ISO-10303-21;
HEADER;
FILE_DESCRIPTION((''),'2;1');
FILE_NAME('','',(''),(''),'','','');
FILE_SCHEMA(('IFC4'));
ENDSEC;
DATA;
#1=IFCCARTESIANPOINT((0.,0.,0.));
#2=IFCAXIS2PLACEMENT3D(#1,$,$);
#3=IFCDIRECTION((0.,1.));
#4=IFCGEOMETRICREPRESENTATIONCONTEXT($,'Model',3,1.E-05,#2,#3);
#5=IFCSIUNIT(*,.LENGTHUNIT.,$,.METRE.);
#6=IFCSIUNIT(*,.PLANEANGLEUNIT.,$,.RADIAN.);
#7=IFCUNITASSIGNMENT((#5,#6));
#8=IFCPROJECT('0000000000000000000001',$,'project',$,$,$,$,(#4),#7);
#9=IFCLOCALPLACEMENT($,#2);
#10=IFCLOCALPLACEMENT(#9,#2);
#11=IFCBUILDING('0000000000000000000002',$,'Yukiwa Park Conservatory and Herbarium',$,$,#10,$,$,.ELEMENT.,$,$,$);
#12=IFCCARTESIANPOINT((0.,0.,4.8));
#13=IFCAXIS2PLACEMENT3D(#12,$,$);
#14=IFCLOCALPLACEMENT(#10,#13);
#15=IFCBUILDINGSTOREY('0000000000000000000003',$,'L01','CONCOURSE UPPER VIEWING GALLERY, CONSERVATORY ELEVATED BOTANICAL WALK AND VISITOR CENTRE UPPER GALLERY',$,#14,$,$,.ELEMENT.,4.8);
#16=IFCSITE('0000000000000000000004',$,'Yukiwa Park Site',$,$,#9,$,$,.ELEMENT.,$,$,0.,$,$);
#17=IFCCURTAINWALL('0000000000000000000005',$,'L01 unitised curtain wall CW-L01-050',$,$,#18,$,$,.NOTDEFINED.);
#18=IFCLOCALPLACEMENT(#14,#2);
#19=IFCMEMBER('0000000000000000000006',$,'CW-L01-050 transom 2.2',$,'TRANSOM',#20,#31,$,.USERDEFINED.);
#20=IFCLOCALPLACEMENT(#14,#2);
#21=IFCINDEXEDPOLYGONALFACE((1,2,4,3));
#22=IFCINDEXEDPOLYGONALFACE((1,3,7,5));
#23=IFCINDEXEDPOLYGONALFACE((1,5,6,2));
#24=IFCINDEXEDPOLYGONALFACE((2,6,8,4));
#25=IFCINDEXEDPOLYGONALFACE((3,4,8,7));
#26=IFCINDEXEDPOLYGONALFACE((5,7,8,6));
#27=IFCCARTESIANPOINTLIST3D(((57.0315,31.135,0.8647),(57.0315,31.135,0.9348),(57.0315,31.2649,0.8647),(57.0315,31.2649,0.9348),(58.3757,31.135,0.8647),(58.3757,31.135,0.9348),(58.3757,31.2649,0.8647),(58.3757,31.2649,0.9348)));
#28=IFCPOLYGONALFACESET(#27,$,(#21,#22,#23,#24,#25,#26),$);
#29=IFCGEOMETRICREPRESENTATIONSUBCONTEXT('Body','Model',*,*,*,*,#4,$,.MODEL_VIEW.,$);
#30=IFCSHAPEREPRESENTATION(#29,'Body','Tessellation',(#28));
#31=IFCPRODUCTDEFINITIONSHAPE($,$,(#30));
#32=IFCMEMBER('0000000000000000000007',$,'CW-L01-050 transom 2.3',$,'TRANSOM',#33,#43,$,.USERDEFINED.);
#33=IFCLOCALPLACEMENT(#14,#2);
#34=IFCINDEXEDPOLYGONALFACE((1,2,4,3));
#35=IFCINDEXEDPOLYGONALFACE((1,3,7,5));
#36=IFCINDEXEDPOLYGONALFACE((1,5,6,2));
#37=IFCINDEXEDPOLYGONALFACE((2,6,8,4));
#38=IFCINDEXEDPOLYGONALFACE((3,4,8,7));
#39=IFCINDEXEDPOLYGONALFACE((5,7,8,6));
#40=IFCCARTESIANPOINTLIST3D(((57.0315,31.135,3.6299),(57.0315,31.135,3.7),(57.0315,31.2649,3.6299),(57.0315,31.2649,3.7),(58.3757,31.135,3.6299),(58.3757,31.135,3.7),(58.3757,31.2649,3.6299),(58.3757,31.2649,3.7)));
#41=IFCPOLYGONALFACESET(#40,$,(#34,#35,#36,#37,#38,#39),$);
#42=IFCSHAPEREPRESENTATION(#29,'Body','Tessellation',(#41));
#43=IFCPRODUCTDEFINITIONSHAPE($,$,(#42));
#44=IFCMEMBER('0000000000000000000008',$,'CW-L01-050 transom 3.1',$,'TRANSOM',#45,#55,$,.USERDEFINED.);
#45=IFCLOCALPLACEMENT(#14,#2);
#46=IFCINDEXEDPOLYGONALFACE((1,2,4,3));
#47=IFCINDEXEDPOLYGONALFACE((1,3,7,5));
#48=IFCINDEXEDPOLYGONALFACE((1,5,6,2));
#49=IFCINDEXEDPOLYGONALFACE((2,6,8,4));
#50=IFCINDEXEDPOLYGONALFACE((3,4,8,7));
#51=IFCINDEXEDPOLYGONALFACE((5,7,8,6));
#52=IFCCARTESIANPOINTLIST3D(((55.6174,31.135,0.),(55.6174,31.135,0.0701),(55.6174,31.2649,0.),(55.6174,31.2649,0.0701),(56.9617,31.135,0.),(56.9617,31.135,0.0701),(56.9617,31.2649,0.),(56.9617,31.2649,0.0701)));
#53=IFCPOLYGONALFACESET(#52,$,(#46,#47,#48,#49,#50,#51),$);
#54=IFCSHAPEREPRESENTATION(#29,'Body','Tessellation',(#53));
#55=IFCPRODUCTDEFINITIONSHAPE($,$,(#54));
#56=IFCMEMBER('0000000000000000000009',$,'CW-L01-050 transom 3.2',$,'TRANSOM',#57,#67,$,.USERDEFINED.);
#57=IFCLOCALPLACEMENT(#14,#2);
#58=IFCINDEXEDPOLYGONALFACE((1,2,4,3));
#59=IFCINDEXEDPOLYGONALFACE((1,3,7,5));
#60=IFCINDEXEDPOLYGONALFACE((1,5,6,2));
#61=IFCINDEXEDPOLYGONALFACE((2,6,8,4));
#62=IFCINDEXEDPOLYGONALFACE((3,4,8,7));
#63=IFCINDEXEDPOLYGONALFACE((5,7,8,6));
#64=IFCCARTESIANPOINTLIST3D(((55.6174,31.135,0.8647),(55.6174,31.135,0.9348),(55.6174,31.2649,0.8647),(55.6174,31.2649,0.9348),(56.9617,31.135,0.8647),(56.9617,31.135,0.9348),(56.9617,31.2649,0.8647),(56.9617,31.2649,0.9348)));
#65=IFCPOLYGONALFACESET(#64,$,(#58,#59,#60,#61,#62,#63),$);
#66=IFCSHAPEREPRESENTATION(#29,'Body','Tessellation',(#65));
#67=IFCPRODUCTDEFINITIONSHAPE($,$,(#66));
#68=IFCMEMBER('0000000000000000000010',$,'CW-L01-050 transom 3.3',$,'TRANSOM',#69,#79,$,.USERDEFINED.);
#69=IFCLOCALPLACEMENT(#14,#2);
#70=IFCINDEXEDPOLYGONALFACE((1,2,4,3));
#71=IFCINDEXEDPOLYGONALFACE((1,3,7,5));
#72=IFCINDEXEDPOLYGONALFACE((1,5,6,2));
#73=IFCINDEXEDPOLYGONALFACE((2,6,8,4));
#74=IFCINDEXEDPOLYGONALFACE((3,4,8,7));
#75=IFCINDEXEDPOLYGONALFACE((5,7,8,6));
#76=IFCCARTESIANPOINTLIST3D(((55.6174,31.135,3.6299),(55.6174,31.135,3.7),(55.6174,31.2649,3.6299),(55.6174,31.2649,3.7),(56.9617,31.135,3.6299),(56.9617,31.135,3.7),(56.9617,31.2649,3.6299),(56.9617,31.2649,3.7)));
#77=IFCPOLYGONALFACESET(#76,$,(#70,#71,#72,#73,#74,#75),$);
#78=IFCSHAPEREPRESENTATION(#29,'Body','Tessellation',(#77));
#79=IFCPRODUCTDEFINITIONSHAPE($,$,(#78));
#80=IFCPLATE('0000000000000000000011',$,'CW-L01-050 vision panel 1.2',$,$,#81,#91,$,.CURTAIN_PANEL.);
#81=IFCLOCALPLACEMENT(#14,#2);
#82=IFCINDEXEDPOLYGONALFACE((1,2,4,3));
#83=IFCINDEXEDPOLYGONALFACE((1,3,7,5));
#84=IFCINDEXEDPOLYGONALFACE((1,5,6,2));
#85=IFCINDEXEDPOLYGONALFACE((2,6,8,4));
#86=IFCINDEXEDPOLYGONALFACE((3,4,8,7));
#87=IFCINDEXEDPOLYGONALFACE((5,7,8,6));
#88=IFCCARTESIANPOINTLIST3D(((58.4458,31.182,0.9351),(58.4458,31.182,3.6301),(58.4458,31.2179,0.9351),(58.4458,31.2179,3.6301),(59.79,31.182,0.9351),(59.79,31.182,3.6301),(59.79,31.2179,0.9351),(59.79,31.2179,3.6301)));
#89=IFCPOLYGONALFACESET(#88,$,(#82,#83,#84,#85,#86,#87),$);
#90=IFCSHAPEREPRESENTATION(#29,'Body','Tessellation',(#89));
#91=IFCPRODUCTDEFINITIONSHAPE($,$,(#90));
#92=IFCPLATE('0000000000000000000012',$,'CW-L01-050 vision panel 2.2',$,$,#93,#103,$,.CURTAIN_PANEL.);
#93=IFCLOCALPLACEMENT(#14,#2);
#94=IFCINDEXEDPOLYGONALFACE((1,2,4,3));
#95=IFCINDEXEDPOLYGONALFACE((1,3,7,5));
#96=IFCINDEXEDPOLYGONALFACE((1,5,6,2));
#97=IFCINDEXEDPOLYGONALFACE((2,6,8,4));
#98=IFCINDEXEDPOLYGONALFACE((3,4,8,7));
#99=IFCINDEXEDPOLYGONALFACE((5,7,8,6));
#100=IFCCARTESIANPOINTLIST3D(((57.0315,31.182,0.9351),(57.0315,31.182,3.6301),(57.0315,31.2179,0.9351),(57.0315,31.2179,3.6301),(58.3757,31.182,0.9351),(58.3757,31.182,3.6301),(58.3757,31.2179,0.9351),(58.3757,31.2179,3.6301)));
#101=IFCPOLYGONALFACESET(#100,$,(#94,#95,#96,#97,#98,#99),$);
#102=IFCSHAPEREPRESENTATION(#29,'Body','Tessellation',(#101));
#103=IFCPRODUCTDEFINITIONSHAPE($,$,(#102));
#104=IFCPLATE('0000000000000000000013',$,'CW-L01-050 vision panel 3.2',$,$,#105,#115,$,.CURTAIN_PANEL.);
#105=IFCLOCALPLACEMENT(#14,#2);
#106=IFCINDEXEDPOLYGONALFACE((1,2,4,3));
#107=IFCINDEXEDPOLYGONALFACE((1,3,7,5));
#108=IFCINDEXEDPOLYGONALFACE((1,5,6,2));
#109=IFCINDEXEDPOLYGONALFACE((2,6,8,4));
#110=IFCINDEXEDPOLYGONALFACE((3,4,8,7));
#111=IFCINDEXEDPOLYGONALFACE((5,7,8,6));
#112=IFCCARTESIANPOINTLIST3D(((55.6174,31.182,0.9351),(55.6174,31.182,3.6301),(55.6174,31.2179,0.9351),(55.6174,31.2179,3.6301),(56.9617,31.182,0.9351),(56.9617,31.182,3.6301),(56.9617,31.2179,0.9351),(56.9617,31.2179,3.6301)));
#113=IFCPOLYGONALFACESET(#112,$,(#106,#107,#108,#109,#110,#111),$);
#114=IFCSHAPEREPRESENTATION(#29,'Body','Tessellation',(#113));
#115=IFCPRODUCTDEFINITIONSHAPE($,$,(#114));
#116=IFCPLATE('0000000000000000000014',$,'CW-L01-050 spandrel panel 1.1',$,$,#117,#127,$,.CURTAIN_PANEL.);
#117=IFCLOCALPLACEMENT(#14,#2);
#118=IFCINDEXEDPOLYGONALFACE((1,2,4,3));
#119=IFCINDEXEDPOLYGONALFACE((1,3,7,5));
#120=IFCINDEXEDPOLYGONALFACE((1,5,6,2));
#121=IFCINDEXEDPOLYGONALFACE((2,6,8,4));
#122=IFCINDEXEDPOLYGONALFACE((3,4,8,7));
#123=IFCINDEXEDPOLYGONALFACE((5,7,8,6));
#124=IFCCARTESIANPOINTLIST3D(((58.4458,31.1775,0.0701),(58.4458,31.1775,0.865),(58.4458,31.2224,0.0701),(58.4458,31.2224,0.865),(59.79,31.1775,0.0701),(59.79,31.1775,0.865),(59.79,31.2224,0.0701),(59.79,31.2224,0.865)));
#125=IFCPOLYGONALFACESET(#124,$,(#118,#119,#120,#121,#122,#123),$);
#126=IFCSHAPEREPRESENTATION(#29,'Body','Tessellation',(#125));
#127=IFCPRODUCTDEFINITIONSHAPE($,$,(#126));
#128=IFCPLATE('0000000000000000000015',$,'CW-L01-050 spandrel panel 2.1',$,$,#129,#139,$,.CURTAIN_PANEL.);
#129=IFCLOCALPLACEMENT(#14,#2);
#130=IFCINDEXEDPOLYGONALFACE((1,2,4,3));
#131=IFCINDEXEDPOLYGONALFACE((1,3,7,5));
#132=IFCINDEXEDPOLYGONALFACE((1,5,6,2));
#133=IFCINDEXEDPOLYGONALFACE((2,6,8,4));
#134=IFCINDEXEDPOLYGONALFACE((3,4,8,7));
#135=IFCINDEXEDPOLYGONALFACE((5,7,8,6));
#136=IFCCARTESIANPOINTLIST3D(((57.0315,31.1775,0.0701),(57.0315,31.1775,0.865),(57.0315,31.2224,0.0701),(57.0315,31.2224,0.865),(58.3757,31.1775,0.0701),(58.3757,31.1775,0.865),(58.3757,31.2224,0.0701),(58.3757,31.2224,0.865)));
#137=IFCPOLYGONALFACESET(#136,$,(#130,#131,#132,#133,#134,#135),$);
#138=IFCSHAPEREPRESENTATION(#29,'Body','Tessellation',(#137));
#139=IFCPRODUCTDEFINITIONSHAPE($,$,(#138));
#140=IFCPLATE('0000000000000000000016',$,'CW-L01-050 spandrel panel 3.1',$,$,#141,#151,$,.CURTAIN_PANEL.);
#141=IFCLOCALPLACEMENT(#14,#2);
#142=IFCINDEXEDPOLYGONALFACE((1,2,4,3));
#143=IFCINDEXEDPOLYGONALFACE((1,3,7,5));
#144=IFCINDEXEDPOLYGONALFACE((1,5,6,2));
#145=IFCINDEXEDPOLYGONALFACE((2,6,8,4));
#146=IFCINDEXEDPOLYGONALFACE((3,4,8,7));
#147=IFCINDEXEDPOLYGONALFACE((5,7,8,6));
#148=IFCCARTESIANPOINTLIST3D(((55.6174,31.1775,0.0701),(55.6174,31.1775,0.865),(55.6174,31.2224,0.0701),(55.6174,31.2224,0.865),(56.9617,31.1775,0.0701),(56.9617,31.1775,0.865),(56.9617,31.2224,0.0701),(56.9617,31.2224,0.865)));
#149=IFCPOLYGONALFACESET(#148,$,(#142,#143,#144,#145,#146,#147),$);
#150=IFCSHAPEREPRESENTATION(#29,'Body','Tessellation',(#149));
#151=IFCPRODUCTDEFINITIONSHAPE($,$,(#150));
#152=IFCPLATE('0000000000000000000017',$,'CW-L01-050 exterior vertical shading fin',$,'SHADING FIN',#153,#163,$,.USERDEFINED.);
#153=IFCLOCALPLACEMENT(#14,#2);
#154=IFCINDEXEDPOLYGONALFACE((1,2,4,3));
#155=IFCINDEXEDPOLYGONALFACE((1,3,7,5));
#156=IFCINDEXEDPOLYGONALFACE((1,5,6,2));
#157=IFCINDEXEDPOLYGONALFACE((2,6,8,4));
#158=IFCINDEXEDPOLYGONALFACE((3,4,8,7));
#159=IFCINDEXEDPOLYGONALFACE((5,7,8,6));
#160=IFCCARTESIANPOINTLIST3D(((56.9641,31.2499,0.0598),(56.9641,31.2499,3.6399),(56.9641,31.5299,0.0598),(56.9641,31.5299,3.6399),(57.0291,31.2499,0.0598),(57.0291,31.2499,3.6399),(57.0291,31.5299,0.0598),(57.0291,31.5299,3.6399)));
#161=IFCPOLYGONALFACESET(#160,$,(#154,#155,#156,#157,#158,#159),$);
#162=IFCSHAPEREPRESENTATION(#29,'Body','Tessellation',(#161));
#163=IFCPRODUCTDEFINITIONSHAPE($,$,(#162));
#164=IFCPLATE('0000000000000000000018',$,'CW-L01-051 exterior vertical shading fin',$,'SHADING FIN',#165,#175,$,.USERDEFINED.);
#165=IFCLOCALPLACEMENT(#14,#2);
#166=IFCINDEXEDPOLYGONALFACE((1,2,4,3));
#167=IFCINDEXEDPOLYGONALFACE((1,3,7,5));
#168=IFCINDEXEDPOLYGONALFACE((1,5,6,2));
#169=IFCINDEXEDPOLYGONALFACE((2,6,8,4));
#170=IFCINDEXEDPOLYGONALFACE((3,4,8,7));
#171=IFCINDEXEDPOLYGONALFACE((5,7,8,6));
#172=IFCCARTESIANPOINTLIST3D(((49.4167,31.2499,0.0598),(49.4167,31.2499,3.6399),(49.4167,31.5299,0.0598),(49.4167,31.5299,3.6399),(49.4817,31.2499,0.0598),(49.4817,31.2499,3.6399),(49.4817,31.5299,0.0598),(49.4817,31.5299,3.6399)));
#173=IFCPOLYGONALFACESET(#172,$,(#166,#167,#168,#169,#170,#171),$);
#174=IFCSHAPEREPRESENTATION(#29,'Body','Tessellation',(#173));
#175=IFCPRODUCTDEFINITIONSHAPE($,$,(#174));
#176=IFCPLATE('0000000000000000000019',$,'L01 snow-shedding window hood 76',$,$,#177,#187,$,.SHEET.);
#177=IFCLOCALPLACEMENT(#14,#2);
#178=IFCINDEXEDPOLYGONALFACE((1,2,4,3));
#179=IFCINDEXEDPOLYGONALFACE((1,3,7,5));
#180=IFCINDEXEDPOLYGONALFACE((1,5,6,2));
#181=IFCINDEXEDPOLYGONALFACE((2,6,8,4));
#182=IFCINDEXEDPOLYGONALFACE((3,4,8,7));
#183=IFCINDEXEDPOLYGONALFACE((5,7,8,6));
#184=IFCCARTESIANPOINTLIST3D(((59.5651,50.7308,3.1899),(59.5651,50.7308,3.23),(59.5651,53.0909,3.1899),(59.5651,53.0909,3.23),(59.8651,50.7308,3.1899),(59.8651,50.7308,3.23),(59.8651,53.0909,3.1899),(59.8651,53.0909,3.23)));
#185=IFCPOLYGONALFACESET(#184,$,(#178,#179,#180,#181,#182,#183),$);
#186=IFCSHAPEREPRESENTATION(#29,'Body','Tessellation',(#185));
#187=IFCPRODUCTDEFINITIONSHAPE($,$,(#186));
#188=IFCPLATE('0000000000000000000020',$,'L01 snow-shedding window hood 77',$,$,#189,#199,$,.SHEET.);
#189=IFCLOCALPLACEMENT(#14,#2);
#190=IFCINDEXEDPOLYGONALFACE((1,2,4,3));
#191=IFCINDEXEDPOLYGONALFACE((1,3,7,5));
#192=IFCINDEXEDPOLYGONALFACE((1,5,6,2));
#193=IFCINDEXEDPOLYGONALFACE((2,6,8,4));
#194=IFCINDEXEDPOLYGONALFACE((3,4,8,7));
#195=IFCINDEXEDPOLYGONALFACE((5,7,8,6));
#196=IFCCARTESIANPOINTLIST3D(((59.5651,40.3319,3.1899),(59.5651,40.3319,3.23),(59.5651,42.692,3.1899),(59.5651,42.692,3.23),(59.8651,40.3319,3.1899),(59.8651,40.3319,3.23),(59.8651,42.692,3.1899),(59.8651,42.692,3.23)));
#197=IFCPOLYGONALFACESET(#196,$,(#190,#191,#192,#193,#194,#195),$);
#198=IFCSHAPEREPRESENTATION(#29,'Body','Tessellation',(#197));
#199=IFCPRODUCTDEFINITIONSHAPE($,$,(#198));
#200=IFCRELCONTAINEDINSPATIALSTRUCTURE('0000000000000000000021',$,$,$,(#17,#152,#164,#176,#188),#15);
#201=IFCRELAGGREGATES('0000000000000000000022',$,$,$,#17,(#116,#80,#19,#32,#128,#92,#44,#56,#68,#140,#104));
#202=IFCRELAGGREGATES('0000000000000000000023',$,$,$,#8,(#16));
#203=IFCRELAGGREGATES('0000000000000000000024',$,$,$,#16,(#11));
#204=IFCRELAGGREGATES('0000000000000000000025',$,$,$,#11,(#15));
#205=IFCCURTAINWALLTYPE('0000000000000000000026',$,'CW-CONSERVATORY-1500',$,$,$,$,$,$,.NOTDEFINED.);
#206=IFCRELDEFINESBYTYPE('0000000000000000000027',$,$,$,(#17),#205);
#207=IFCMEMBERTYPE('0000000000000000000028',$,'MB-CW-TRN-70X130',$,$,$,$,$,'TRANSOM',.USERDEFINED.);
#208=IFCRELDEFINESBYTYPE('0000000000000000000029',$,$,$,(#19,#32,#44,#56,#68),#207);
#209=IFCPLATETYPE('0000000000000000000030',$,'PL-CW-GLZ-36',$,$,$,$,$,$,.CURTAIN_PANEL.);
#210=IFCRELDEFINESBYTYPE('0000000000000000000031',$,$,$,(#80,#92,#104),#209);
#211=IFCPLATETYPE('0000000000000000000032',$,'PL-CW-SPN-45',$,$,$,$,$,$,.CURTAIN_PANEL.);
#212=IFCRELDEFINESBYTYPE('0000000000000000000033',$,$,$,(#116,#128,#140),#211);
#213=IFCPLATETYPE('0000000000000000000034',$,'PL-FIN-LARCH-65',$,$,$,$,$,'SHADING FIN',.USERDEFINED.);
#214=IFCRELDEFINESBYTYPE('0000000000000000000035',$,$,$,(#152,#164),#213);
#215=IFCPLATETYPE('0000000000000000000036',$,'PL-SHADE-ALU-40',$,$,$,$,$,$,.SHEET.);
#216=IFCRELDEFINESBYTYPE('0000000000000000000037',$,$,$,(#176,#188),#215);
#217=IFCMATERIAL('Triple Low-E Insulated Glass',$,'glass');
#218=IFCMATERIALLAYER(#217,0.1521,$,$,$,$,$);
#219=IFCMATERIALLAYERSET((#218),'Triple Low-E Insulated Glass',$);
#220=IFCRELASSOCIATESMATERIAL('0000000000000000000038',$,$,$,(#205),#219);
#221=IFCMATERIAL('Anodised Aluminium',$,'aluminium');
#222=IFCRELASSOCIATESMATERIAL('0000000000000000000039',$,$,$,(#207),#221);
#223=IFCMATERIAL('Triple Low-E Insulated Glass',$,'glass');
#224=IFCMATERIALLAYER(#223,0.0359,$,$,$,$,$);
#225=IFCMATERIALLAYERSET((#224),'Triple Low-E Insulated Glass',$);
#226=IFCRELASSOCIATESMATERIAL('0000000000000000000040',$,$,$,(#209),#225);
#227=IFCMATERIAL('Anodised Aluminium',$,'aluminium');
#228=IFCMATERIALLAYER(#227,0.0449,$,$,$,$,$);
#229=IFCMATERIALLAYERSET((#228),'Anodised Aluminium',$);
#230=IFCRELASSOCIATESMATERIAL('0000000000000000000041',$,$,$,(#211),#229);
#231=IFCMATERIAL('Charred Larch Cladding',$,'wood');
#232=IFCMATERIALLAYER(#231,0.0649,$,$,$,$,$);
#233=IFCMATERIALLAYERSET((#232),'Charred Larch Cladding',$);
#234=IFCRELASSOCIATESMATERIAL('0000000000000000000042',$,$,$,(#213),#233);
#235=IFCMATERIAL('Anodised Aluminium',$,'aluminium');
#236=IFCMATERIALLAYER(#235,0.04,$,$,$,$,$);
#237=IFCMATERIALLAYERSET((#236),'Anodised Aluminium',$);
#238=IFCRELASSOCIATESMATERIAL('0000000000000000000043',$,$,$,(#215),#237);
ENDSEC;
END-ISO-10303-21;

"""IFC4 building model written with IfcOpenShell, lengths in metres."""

from ifc_helpers import new_model, si_unit, direction, frame, origin, origin_2d, place, context, subcontext, project, spatial, rectangle, extrude, material, layer, layer_set, type_object, element, aggregate, save


model = new_model("IFC4")

# Units and contexts
model_context = context("Model", 3, precision=1e-05, world=origin(), true_north=direction((0.0, 1.0)))
body_context = subcontext(model_context, "Body", "Model", "MODEL_VIEW")
ifc_project = project(units=[si_unit("LENGTHUNIT", "METRE"), si_unit("PLANEANGLEUNIT", "RADIAN")], contexts=[model_context])

# Site, building, storey
site_placement = place(None, origin())
site = spatial("IfcSite", under=ifc_project, at=site_placement, Name="Yukiwa Park Site", CompositionType="ELEMENT", RefElevation=0.0)
building_placement = place(site_placement, origin())
building = spatial("IfcBuilding", under=site, at=building_placement, Name="Yukiwa Park Conservatory and Herbarium", CompositionType="ELEMENT")
storey_placement = place(building_placement, frame((0.0, 0.0, 4.8)))
storey = spatial("IfcBuildingStorey", under=building, at=storey_placement, Name="L01", Description="CONCOURSE UPPER VIEWING GALLERY, CONSERVATORY ELEVATED BOTANICAL WALK AND VISITOR CENTRE UPPER GALLERY", CompositionType="ELEMENT", Elevation=4.8)

# Curtain wall, members, plates
ifc_material_1 = material(Name="Triple Low-E Insulated Glass", Category="glass")
ifc_layer_1 = layer(ifc_material_1, 0.1521)
ifc_layer_set_1 = layer_set([ifc_layer_1], Name="Triple Low-E Insulated Glass")
curtain_wall_type = type_object("IfcCurtainWallType", Name="CW-CONSERVATORY-1500", PredefinedType="NOTDEFINED", material=ifc_layer_set_1)
curtain_wall_placement = place(storey_placement, origin())
curtain_wall = element("IfcCurtainWall", 1, at=curtain_wall_placement, inside=storey, type_object=curtain_wall_type, Name="L01 unitised curtain wall CW-L01-050", PredefinedType="NOTDEFINED")
ifc_material_2 = material(Name="Anodised Aluminium", Category="aluminium")
member_type_1 = type_object("IfcMemberType", Name="MB-CW-TRN-70X130", ElementType="TRANSOM", PredefinedType="USERDEFINED", material=ifc_material_2)
member_1_placement = place(storey_placement, frame((57.7036, 31.2, 0.8647), z_axis=(0.0, 0.0, 1.0), x_axis=(-1.0, 0.0, 0.0)))
member_1 = element("IfcMember", 2, at=member_1_placement, type_object=member_type_1, Name="CW-L01-050 transom 2.2", ObjectType="TRANSOM", PredefinedType="USERDEFINED", context=body_context, shape_type="SweptSolid", body=[
    extrude(rectangle(XDim=1.3442, YDim=0.1299, at=origin_2d()), origin(), (0.0, 0.0, 1.0), 0.0701),
])
member_2_placement = place(storey_placement, frame((57.7036, 31.2, 3.6299), z_axis=(0.0, 0.0, 1.0), x_axis=(-1.0, 0.0, 0.0)))
member_2 = element("IfcMember", 3, at=member_2_placement, type_object=member_type_1, Name="CW-L01-050 transom 2.3", ObjectType="TRANSOM", PredefinedType="USERDEFINED", context=body_context, shape_type="SweptSolid", body=[
    extrude(rectangle(XDim=1.3442, YDim=0.1299, at=origin_2d()), origin(), (0.0, 0.0, 1.0), 0.0701),
])
member_3_placement = place(storey_placement, frame((56.2896, 31.2, 0.0), z_axis=(0.0, 0.0, 1.0), x_axis=(-1.0, 0.0, 0.0)))
member_3 = element("IfcMember", 4, at=member_3_placement, type_object=member_type_1, Name="CW-L01-050 transom 3.1", ObjectType="TRANSOM", PredefinedType="USERDEFINED", context=body_context, shape_type="SweptSolid", body=[
    extrude(rectangle(XDim=1.3442, YDim=0.1299, at=origin_2d()), origin(), (0.0, 0.0, 1.0), 0.0701),
])
member_4_placement = place(storey_placement, frame((56.2896, 31.2, 0.8647), z_axis=(0.0, 0.0, 1.0), x_axis=(-1.0, 0.0, 0.0)))
member_4 = element("IfcMember", 5, at=member_4_placement, type_object=member_type_1, Name="CW-L01-050 transom 3.2", ObjectType="TRANSOM", PredefinedType="USERDEFINED", context=body_context, shape_type="SweptSolid", body=[
    extrude(rectangle(XDim=1.3442, YDim=0.1299, at=origin_2d()), origin(), (0.0, 0.0, 1.0), 0.0701),
])
member_5_placement = place(storey_placement, frame((56.2896, 31.2, 3.6299), z_axis=(0.0, 0.0, 1.0), x_axis=(-1.0, 0.0, 0.0)))
member_5 = element("IfcMember", 6, at=member_5_placement, type_object=member_type_1, Name="CW-L01-050 transom 3.3", ObjectType="TRANSOM", PredefinedType="USERDEFINED", context=body_context, shape_type="SweptSolid", body=[
    extrude(rectangle(XDim=1.3442, YDim=0.1299, at=origin_2d()), origin(), (0.0, 0.0, 1.0), 0.0701),
])
ifc_material_3 = material(Name="Triple Low-E Insulated Glass", Category="glass")
ifc_layer_2 = layer(ifc_material_3, 0.0359)
ifc_layer_set_2 = layer_set([ifc_layer_2], Name="Triple Low-E Insulated Glass")
plate_type_1 = type_object("IfcPlateType", Name="PL-CW-GLZ-36", PredefinedType="CURTAIN_PANEL", material=ifc_layer_set_2)
plate_1_placement = place(storey_placement, frame((59.1179, 31.2, 0.9351), z_axis=(0.0, 0.0, 1.0), x_axis=(-1.0, 0.0, 0.0)))
plate_1 = element("IfcPlate", 7, at=plate_1_placement, type_object=plate_type_1, Name="CW-L01-050 vision panel 1.2", PredefinedType="CURTAIN_PANEL", context=body_context, shape_type="SweptSolid", body=[
    extrude(rectangle(XDim=1.3442, YDim=0.0359, at=origin_2d()), origin(), (0.0, 0.0, 1.0), 2.6951),
])
plate_2_placement = place(storey_placement, frame((57.7036, 31.2, 0.9351), z_axis=(0.0, 0.0, 1.0), x_axis=(-1.0, 0.0, 0.0)))
plate_2 = element("IfcPlate", 8, at=plate_2_placement, type_object=plate_type_1, Name="CW-L01-050 vision panel 2.2", PredefinedType="CURTAIN_PANEL", context=body_context, shape_type="SweptSolid", body=[
    extrude(rectangle(XDim=1.3442, YDim=0.0359, at=origin_2d()), origin(), (0.0, 0.0, 1.0), 2.6951),
])
plate_3_placement = place(storey_placement, frame((56.2896, 31.2, 0.9351), z_axis=(0.0, 0.0, 1.0), x_axis=(-1.0, 0.0, 0.0)))
plate_3 = element("IfcPlate", 9, at=plate_3_placement, type_object=plate_type_1, Name="CW-L01-050 vision panel 3.2", PredefinedType="CURTAIN_PANEL", context=body_context, shape_type="SweptSolid", body=[
    extrude(rectangle(XDim=1.3442, YDim=0.0359, at=origin_2d()), origin(), (0.0, 0.0, 1.0), 2.6951),
])
ifc_material_4 = material(Name="Anodised Aluminium", Category="aluminium")
ifc_layer_3 = layer(ifc_material_4, 0.0449)
ifc_layer_set_3 = layer_set([ifc_layer_3], Name="Anodised Aluminium")
plate_type_2 = type_object("IfcPlateType", Name="PL-CW-SPN-45", PredefinedType="CURTAIN_PANEL", material=ifc_layer_set_3)
plate_4_placement = place(storey_placement, frame((59.1179, 31.2, 0.0701), z_axis=(0.0, 0.0, 1.0), x_axis=(-1.0, 0.0, 0.0)))
plate_4 = element("IfcPlate", 10, at=plate_4_placement, type_object=plate_type_2, Name="CW-L01-050 spandrel panel 1.1", PredefinedType="CURTAIN_PANEL", context=body_context, shape_type="SweptSolid", body=[
    extrude(rectangle(XDim=1.3442, YDim=0.0449, at=origin_2d()), origin(), (0.0, 0.0, 1.0), 0.7949),
])
plate_5_placement = place(storey_placement, frame((57.7036, 31.2, 0.0701), z_axis=(0.0, 0.0, 1.0), x_axis=(-1.0, 0.0, 0.0)))
plate_5 = element("IfcPlate", 11, at=plate_5_placement, type_object=plate_type_2, Name="CW-L01-050 spandrel panel 2.1", PredefinedType="CURTAIN_PANEL", context=body_context, shape_type="SweptSolid", body=[
    extrude(rectangle(XDim=1.3442, YDim=0.0449, at=origin_2d()), origin(), (0.0, 0.0, 1.0), 0.7949),
])
plate_6_placement = place(storey_placement, frame((56.2896, 31.2, 0.0701), z_axis=(0.0, 0.0, 1.0), x_axis=(-1.0, 0.0, 0.0)))
plate_6 = element("IfcPlate", 12, at=plate_6_placement, type_object=plate_type_2, Name="CW-L01-050 spandrel panel 3.1", PredefinedType="CURTAIN_PANEL", context=body_context, shape_type="SweptSolid", body=[
    extrude(rectangle(XDim=1.3442, YDim=0.0449, at=origin_2d()), origin(), (0.0, 0.0, 1.0), 0.7949),
])
aggregate(curtain_wall, [plate_4, plate_1, member_1, member_2, plate_5, plate_2, member_3, member_4, member_5, plate_6, plate_3])

# Plates
ifc_material_5 = material(Name="Charred Larch Cladding", Category="wood")
ifc_layer_4 = layer(ifc_material_5, 0.0649)
ifc_layer_set_4 = layer_set([ifc_layer_4], Name="Charred Larch Cladding")
plate_type_3 = type_object("IfcPlateType", Name="PL-FIN-LARCH-65", ElementType="SHADING FIN", PredefinedType="USERDEFINED", material=ifc_layer_set_4)
for number, where, z_axis, x_axis, name in (
    (13, (56.9966, 31.3899, 0.0598), (0.0, 0.0, 1.0), (-1.0, 0.0, 0.0), "CW-L01-050 exterior vertical shading fin"),
    (14, (49.4492, 31.3899, 0.0598), (0.0, 0.0, 1.0), (-1.0, 0.0, 0.0), "CW-L01-051 exterior vertical shading fin"),
):
    element("IfcPlate", number, at=place(storey_placement, frame(where, z_axis=z_axis, x_axis=x_axis)), inside=storey, type_object=plate_type_3, Name=name, ObjectType="SHADING FIN", PredefinedType="USERDEFINED", context=body_context, shape_type="SweptSolid", body=[
        extrude(rectangle(XDim=0.0649, YDim=0.28, at=origin_2d()), origin(), (0.0, 0.0, 1.0), 3.5801),
    ])
ifc_material_6 = material(Name="Anodised Aluminium", Category="aluminium")
ifc_layer_5 = layer(ifc_material_6, 0.04)
ifc_layer_set_5 = layer_set([ifc_layer_5], Name="Anodised Aluminium")
plate_type_4 = type_object("IfcPlateType", Name="PL-SHADE-ALU-40", PredefinedType="SHEET", material=ifc_layer_set_5)
for number, where, z_axis, x_axis, name in (
    (15, (59.7151, 51.9109, 3.1899), (0.0, 0.0, 1.0), (0.0, -1.0, 0.0), "L01 snow-shedding window hood 76"),
    (16, (59.7151, 41.512, 3.1899), (0.0, 0.0, 1.0), (0.0, -1.0, 0.0), "L01 snow-shedding window hood 77"),
):
    element("IfcPlate", number, at=place(storey_placement, frame(where, z_axis=z_axis, x_axis=x_axis)), inside=storey, type_object=plate_type_4, Name=name, PredefinedType="SHEET", context=body_context, shape_type="SweptSolid", body=[
        extrude(rectangle(XDim=2.3601, YDim=0.3, at=origin_2d()), origin(), (0.0, 0.0, 1.0), 0.04),
    ])

save(model, "model.ifc")
